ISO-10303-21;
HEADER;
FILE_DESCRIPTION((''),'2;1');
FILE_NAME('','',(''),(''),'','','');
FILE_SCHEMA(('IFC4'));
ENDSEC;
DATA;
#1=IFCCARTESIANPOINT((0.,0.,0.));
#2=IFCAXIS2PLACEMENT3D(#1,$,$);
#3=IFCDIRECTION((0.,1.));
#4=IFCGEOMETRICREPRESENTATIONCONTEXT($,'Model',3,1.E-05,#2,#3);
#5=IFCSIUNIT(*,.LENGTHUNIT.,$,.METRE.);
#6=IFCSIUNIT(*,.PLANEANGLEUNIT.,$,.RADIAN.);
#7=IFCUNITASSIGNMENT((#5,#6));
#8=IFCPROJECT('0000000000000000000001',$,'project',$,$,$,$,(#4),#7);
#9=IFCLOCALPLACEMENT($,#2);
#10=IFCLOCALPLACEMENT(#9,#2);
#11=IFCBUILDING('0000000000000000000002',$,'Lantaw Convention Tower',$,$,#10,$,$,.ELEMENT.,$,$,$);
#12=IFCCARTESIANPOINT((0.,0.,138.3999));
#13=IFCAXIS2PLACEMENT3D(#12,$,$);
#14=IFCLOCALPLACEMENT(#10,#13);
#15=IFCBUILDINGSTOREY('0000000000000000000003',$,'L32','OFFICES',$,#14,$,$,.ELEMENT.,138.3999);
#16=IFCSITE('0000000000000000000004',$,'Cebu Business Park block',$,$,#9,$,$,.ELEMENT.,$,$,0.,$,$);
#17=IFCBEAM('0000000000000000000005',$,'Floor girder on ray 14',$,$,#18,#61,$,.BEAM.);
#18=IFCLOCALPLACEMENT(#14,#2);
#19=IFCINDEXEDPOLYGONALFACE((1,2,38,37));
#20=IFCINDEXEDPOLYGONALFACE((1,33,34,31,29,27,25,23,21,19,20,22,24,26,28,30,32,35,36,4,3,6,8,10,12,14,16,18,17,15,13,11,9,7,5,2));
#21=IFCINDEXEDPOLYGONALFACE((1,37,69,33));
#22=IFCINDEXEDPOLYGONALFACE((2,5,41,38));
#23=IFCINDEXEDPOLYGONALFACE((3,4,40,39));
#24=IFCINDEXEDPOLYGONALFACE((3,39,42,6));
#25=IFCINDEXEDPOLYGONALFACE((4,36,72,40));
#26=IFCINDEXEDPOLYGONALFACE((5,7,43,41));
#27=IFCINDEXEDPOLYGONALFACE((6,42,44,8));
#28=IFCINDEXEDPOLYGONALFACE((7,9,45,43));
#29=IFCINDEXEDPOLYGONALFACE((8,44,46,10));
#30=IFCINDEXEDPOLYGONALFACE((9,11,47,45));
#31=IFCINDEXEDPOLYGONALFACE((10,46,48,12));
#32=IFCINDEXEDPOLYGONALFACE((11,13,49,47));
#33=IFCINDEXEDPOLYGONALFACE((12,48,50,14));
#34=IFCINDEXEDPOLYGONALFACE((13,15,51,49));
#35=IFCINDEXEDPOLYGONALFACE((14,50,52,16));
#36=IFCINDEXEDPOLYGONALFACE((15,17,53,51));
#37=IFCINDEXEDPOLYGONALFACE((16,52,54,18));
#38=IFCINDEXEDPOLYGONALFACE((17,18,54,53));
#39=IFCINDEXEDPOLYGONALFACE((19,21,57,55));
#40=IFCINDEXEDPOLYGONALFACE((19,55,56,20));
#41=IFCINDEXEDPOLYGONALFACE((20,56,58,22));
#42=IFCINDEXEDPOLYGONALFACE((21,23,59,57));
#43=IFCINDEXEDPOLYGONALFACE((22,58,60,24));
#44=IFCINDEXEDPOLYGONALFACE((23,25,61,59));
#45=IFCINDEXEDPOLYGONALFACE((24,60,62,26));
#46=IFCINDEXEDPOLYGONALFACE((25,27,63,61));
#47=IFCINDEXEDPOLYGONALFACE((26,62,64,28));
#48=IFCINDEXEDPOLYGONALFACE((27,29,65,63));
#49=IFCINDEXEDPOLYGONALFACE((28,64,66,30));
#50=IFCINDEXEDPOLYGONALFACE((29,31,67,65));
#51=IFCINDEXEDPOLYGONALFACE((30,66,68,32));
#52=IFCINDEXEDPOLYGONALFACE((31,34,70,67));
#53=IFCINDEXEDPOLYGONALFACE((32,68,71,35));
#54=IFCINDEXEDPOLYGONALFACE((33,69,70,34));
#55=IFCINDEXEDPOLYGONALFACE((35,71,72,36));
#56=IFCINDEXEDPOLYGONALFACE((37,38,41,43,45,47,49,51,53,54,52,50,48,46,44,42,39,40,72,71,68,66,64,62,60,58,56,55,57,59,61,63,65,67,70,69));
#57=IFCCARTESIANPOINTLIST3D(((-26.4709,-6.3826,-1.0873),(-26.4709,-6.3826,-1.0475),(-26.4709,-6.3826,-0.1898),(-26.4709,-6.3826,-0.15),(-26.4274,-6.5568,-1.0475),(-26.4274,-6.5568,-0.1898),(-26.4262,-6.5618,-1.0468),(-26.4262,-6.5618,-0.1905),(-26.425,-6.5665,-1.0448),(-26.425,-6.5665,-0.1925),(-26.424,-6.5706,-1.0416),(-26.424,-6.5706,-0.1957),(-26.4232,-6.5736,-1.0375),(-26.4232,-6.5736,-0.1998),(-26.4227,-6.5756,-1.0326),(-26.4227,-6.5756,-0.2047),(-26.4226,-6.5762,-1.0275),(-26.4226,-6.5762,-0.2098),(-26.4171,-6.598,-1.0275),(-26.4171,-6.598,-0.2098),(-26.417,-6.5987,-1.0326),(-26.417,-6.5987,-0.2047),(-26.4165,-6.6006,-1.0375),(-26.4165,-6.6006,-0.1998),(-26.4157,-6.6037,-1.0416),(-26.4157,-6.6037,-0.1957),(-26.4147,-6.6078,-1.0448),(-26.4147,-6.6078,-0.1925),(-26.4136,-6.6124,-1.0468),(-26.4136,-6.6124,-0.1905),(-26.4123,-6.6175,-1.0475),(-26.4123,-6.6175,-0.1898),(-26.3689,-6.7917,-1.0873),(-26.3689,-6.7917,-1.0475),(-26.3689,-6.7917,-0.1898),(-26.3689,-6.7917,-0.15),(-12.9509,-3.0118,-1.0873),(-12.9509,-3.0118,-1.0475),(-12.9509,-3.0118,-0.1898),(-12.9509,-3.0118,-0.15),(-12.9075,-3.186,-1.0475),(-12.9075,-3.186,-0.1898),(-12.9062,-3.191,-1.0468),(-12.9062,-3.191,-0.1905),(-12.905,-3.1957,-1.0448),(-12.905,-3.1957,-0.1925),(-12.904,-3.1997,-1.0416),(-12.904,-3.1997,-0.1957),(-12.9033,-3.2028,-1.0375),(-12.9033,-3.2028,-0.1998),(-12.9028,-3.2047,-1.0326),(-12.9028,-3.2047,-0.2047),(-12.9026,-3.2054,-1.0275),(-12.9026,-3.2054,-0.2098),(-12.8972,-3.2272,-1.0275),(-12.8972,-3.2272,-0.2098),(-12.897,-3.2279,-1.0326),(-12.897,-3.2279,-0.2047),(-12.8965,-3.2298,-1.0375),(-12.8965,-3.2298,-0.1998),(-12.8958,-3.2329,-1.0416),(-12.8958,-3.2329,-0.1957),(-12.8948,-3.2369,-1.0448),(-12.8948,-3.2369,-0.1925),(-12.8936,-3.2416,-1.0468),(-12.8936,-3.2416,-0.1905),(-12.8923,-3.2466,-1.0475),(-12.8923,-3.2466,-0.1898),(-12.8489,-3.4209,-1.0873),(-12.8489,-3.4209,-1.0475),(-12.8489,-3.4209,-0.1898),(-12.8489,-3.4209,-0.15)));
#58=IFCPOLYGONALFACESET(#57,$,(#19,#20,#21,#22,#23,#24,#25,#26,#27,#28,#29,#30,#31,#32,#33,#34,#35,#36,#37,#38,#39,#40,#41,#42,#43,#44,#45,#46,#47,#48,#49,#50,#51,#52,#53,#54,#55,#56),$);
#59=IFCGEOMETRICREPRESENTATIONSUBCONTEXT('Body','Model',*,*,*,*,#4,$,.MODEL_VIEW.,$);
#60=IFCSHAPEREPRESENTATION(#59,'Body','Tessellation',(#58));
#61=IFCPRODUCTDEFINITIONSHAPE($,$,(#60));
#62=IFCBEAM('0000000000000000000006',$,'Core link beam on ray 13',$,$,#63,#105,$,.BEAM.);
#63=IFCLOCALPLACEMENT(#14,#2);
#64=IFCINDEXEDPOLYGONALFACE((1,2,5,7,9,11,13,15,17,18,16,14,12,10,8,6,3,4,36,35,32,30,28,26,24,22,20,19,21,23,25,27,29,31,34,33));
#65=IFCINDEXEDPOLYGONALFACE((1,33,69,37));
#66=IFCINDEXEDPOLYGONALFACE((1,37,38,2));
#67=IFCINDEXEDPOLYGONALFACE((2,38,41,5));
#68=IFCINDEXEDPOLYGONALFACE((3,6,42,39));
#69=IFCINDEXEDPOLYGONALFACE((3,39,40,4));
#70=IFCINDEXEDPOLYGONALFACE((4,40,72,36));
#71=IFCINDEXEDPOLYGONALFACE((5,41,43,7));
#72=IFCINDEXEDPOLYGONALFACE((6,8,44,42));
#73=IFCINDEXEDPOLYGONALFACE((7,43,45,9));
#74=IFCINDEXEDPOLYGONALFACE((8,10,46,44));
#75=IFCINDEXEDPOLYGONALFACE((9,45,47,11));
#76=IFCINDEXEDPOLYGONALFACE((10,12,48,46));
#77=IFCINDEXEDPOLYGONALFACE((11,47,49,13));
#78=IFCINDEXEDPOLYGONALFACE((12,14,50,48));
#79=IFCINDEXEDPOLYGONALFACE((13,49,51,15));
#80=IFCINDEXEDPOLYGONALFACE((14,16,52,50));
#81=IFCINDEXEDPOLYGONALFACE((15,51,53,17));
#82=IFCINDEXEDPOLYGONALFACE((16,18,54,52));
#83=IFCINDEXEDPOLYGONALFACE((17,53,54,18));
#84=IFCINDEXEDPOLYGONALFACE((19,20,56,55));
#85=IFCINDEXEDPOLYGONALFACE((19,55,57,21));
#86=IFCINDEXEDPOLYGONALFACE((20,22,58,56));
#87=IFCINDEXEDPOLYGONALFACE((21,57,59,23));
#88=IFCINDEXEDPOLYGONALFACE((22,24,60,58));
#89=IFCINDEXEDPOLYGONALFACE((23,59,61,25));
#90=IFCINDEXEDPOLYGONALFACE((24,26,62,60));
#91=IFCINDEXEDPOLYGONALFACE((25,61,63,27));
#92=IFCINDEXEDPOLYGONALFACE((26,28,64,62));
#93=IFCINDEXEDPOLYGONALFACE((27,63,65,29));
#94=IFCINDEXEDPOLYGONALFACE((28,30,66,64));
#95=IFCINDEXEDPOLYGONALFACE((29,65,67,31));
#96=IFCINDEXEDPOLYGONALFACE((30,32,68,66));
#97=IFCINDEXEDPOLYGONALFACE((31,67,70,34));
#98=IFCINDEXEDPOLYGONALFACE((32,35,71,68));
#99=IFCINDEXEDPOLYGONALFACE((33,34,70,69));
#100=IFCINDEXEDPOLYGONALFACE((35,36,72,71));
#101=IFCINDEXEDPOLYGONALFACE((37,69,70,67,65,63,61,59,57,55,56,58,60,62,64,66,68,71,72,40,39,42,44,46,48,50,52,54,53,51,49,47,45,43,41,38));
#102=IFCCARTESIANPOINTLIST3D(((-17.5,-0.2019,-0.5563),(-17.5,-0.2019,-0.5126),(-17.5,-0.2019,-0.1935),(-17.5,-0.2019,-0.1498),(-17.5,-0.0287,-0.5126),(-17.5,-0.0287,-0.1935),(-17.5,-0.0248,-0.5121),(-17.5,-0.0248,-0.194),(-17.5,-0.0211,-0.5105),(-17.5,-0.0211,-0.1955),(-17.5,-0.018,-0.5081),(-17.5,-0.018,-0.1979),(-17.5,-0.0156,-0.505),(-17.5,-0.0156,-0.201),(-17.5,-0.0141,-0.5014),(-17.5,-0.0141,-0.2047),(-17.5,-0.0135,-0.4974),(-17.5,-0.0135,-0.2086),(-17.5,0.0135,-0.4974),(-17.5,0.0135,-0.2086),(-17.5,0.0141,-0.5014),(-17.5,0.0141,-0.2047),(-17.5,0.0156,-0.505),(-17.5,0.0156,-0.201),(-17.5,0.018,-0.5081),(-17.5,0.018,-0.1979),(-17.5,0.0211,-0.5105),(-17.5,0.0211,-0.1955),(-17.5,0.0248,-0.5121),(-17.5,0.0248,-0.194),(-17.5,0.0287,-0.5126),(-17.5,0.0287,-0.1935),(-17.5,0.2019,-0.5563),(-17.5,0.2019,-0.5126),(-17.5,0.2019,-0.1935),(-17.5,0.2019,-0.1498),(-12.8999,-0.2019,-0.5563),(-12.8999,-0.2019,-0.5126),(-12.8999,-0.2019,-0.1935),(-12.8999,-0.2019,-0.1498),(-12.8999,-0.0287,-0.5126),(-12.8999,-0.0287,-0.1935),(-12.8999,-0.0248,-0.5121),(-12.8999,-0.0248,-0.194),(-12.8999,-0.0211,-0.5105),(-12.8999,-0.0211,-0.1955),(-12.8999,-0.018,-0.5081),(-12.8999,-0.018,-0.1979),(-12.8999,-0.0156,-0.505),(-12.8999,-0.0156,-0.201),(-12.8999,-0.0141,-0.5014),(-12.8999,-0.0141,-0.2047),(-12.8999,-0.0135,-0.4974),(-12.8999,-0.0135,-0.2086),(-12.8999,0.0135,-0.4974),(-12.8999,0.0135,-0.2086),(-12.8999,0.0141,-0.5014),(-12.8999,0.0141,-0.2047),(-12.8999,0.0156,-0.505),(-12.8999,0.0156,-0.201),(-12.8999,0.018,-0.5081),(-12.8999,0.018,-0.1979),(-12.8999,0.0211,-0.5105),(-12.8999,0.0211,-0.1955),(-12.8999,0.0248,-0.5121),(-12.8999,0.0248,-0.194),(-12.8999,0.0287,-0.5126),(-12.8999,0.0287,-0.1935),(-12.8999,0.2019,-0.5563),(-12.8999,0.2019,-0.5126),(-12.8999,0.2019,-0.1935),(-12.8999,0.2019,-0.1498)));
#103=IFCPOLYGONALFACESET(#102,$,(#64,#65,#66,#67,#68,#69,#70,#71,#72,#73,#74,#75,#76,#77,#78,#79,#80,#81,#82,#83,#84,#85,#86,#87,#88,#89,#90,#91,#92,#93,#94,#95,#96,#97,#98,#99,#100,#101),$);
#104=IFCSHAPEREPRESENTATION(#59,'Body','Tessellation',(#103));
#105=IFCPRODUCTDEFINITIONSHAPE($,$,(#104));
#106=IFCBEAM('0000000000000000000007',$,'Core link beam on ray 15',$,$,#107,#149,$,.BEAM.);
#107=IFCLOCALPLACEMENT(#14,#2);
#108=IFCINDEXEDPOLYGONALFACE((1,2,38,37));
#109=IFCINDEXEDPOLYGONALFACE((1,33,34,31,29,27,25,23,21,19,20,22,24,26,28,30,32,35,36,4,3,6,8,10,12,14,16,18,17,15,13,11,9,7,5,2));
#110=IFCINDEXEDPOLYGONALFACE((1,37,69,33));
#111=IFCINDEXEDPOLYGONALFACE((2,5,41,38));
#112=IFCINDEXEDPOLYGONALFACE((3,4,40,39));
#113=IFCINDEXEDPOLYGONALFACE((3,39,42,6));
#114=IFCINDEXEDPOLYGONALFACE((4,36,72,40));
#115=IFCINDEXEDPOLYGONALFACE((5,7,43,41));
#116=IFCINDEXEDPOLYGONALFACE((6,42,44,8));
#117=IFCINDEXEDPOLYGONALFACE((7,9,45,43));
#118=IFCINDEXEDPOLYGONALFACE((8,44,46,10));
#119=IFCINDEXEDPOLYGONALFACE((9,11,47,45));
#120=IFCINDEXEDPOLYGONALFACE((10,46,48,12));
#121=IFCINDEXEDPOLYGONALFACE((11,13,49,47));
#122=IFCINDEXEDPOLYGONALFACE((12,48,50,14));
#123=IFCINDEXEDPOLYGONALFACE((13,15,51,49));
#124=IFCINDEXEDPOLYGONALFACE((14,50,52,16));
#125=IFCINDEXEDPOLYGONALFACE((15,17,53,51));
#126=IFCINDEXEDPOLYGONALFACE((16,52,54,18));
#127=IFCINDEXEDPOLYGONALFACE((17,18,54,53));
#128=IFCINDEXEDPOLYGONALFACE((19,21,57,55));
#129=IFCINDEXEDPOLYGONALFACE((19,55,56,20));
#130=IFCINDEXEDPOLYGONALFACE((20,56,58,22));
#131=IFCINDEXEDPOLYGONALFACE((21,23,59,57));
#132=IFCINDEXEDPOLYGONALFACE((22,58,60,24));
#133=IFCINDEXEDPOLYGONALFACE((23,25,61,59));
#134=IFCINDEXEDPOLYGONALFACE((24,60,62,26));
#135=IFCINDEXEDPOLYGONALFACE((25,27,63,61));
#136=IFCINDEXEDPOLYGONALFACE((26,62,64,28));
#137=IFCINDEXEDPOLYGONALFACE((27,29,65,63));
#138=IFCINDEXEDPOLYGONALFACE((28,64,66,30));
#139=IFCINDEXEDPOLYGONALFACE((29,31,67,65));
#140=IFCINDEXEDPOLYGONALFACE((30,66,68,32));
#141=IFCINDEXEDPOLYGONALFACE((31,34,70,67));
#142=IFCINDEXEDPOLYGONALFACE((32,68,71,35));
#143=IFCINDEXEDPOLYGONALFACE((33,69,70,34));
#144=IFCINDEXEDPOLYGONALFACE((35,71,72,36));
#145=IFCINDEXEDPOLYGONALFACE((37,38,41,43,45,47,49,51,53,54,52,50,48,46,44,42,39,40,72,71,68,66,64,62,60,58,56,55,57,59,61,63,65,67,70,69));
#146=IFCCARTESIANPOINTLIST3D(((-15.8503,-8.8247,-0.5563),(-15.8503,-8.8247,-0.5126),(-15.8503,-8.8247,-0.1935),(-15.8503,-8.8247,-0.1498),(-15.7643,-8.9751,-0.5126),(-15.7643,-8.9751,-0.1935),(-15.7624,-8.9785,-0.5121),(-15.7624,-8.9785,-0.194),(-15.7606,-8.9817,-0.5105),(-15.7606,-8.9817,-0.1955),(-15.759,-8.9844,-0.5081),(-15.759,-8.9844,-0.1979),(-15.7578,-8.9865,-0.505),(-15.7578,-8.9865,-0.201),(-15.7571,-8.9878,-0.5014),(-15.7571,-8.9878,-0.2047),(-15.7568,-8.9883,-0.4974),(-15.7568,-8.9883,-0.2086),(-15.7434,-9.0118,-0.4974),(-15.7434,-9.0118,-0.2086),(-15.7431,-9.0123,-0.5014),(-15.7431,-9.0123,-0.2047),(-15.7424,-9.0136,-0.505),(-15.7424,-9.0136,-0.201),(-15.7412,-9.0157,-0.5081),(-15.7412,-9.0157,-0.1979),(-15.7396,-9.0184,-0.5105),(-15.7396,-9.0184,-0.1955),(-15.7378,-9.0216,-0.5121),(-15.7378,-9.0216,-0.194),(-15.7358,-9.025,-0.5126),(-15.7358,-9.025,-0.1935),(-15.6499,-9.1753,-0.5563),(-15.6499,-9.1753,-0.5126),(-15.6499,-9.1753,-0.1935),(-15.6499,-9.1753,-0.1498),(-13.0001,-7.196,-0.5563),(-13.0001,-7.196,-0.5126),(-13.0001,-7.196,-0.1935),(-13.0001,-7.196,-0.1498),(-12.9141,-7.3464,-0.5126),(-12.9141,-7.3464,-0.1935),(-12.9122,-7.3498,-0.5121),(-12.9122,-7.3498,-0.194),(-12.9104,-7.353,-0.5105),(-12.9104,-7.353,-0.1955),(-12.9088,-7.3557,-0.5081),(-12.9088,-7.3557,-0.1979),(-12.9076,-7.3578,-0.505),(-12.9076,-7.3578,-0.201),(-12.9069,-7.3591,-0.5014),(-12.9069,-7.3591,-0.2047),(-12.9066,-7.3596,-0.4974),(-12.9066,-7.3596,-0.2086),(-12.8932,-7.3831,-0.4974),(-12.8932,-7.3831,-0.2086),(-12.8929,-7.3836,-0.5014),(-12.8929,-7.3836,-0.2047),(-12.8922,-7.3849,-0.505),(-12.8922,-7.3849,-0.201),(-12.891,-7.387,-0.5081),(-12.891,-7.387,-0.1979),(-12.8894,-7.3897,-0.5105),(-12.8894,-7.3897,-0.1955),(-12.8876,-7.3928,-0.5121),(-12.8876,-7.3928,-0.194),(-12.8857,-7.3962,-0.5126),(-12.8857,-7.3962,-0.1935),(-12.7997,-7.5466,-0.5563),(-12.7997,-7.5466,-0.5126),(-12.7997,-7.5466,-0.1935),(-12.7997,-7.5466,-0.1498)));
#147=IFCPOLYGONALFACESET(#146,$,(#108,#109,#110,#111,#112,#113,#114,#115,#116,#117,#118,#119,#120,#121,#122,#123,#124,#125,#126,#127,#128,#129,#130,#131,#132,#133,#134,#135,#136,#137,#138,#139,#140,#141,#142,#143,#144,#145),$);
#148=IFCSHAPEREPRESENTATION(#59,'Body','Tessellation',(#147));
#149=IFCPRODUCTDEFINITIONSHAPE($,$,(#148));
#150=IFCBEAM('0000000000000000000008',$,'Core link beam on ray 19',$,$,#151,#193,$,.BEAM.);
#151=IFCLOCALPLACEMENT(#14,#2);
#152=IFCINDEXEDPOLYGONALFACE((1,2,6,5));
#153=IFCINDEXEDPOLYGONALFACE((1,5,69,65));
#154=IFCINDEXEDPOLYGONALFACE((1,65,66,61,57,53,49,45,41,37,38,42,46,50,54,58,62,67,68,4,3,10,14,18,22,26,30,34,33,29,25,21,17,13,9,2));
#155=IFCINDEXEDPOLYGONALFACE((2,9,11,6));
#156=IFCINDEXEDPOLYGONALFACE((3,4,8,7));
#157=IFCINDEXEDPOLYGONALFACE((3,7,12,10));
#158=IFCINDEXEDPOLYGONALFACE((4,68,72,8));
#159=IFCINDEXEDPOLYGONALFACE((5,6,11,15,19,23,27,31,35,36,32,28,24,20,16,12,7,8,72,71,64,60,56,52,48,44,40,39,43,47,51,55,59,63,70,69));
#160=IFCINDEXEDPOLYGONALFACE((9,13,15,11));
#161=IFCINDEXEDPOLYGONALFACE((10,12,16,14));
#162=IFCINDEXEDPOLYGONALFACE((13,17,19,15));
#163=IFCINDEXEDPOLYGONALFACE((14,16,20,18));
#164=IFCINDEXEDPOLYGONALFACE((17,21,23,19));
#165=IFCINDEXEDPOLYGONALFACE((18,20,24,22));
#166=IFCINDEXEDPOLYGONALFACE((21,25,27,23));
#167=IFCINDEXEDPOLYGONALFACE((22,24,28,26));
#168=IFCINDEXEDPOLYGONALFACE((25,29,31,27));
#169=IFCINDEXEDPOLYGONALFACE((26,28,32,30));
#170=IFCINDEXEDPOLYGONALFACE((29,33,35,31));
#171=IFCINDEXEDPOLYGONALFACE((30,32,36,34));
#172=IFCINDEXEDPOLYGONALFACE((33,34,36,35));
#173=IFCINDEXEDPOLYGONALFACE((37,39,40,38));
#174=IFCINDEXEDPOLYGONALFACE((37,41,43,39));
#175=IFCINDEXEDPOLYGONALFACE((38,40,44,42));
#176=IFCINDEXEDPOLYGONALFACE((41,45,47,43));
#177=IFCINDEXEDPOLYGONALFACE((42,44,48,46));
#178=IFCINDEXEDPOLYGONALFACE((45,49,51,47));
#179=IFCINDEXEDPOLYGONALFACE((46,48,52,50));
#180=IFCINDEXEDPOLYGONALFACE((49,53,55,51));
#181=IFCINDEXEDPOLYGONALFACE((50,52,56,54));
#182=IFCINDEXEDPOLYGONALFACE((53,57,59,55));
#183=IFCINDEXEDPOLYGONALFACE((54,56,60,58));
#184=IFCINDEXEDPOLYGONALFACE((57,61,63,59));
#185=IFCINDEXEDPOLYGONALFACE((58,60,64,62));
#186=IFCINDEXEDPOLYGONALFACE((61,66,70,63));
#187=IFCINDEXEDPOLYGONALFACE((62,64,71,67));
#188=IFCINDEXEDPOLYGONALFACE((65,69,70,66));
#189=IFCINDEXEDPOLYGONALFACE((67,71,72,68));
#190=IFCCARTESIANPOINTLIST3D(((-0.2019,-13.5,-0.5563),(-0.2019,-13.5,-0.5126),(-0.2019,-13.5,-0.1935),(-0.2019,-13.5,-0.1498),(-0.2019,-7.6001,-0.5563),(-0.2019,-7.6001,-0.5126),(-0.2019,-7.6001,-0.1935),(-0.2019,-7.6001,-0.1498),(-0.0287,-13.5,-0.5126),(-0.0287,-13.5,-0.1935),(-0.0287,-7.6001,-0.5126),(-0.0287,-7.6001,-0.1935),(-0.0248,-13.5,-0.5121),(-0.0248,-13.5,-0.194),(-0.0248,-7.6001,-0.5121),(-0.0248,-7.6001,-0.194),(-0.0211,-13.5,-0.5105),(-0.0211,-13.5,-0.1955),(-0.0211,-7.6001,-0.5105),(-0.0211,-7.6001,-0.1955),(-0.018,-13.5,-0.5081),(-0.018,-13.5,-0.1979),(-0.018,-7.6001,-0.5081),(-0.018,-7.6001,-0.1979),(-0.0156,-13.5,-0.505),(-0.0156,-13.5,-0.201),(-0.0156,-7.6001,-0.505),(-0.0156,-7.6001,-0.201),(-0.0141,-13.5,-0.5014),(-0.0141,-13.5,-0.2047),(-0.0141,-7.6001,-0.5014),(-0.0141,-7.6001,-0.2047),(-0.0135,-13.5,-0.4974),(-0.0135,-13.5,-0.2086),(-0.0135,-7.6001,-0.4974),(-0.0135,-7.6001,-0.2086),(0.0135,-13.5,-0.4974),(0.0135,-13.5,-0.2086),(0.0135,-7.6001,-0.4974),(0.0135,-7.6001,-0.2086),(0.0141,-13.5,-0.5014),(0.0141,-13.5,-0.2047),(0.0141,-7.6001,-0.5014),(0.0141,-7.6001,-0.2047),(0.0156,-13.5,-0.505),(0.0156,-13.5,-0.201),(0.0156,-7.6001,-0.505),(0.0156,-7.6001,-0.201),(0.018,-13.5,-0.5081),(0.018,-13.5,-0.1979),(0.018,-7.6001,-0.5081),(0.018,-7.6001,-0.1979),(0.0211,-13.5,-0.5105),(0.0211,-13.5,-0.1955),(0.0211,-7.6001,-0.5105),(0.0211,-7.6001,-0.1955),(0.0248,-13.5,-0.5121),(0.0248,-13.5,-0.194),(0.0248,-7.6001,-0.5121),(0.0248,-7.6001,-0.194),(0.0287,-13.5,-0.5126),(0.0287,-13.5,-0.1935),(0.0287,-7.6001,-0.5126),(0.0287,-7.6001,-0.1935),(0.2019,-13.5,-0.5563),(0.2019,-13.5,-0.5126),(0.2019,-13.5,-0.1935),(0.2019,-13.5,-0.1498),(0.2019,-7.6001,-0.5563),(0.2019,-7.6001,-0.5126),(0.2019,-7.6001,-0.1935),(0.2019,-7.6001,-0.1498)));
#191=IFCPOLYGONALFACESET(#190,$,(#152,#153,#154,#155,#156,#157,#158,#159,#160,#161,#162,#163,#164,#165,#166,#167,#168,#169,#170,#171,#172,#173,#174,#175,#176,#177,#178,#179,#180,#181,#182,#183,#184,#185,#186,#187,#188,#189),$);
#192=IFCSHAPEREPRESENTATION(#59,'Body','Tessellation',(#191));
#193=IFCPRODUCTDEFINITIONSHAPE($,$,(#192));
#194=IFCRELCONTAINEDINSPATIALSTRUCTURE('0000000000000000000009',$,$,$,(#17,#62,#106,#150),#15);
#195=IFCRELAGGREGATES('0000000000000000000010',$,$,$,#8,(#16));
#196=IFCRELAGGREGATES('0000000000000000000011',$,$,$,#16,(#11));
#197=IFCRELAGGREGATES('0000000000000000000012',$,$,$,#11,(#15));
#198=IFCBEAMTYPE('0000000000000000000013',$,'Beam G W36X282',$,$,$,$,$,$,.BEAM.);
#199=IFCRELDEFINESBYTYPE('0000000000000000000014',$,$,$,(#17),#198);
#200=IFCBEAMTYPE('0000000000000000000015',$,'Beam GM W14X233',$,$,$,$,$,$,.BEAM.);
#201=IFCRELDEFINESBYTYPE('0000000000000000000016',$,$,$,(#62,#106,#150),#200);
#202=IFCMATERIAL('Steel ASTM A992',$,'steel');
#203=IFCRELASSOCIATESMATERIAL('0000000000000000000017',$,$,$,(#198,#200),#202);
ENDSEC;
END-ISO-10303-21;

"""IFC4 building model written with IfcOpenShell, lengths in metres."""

from ifc_helpers import new_model, si_unit, direction, frame, origin, origin_2d, place, context, subcontext, project, spatial, i_section, extrude, material, material_profile, profile_set, type_object, element, save


model = new_model("IFC4")

# Units and contexts
model_context = context("Model", 3, precision=1e-05, world=origin(), true_north=direction((0.0, 1.0)))
body_context = subcontext(model_context, "Body", "Model", "MODEL_VIEW")
ifc_project = project(units=[si_unit("LENGTHUNIT", "METRE"), si_unit("PLANEANGLEUNIT", "RADIAN")], contexts=[model_context])

# Site, building, storey
site_placement = place(None, origin())
site = spatial("IfcSite", under=ifc_project, at=site_placement, Name="Cebu Business Park block", CompositionType="ELEMENT", RefElevation=0.0)
building_placement = place(site_placement, origin())
building = spatial("IfcBuilding", under=site, at=building_placement, Name="Lantaw Convention Tower", CompositionType="ELEMENT")
storey_placement = place(building_placement, frame((0.0, 0.0, 138.3999)))
storey = spatial("IfcBuildingStorey", under=building, at=storey_placement, Name="L32", Description="OFFICES", CompositionType="ELEMENT", Elevation=138.3999)

# Beams
ifc_material_1 = material(Name="Steel ASTM A992", Category="steel")
ifc_material_profile_1 = material_profile(ifc_material_1, i_section(OverallWidth=0.4216, OverallDepth=0.9373, WebThickness=0.0225, FlangeThickness=0.0398, FilletRadius=0.02, at=origin_2d()), Name="W36X282")
ifc_profile_set_1 = profile_set([ifc_material_profile_1], Name="Steel ASTM A992")
beam_type_1 = type_object("IfcBeamType", Name="Beam G W36X282", PredefinedType="BEAM", material=ifc_profile_set_1)
beam_1_placement = place(storey_placement, frame((-12.8999, -3.2163, -0.6187), z_axis=(-0.970297, -0.241917, 0.0), x_axis=(0.241917, -0.970297, 0.0)))
element("IfcBeam", 1, at=beam_1_placement, inside=storey, type_object=beam_type_1, Name="Floor girder on ray 14", PredefinedType="BEAM", context=body_context, shape_type="SweptSolid", body=[
    extrude(i_section(OverallWidth=0.4216, OverallDepth=0.9373, WebThickness=0.0225, FlangeThickness=0.0398, FilletRadius=0.02, at=origin_2d()), origin(), (0.0, 0.0, 1.0), 13.9338),
])
ifc_material_profile_2 = material_profile(ifc_material_1, i_section(OverallWidth=0.4038, OverallDepth=0.4065, WebThickness=0.0271, FlangeThickness=0.0437, FilletRadius=0.0151, at=origin_2d()), Name="W14X233")
ifc_profile_set_2 = profile_set([ifc_material_profile_2], Name="Steel ASTM A992")
beam_type_2 = type_object("IfcBeamType", Name="Beam GM W14X233", PredefinedType="BEAM", material=ifc_profile_set_2)
beam_2_placement = place(storey_placement, frame((-12.8999, 0.0, -0.353), z_axis=(-1.0, 0.0, 0.0), x_axis=(0.0, -1.0, 0.0)))
element("IfcBeam", 2, at=beam_2_placement, inside=storey, type_object=beam_type_2, Name="Core link beam on ray 13", PredefinedType="BEAM", context=body_context, shape_type="SweptSolid", body=[
    extrude(i_section(OverallWidth=0.4038, OverallDepth=0.4065, WebThickness=0.0271, FlangeThickness=0.0437, FilletRadius=0.0151, at=origin_2d()), origin(), (0.0, 0.0, 1.0), 4.6001),
])
beam_3_placement = place(storey_placement, frame((-12.8999, -7.3713, -0.353), z_axis=(-0.868239, -0.496147, 0.0), x_axis=(0.496147, -0.868239, 0.0)))
element("IfcBeam", 3, at=beam_3_placement, inside=storey, type_object=beam_type_2, Name="Core link beam on ray 15", PredefinedType="BEAM", context=body_context, shape_type="SweptSolid", body=[
    extrude(i_section(OverallWidth=0.4038, OverallDepth=0.4065, WebThickness=0.0271, FlangeThickness=0.0437, FilletRadius=0.0151, at=origin_2d()), origin(), (0.0, 0.0, 1.0), 3.2827),
])
beam_4_placement = place(storey_placement, frame((0.0, -7.6001, -0.353), z_axis=(0.0, -1.0, 0.0), x_axis=(1.0, 0.0, 0.0)))
element("IfcBeam", 4, at=beam_4_placement, inside=storey, type_object=beam_type_2, Name="Core link beam on ray 19", PredefinedType="BEAM", context=body_context, shape_type="SweptSolid", body=[
    extrude(i_section(OverallWidth=0.4038, OverallDepth=0.4065, WebThickness=0.0271, FlangeThickness=0.0437, FilletRadius=0.0151, at=origin_2d()), origin(), (0.0, 0.0, 1.0), 5.8999),
])

save(model, "model.ifc")
